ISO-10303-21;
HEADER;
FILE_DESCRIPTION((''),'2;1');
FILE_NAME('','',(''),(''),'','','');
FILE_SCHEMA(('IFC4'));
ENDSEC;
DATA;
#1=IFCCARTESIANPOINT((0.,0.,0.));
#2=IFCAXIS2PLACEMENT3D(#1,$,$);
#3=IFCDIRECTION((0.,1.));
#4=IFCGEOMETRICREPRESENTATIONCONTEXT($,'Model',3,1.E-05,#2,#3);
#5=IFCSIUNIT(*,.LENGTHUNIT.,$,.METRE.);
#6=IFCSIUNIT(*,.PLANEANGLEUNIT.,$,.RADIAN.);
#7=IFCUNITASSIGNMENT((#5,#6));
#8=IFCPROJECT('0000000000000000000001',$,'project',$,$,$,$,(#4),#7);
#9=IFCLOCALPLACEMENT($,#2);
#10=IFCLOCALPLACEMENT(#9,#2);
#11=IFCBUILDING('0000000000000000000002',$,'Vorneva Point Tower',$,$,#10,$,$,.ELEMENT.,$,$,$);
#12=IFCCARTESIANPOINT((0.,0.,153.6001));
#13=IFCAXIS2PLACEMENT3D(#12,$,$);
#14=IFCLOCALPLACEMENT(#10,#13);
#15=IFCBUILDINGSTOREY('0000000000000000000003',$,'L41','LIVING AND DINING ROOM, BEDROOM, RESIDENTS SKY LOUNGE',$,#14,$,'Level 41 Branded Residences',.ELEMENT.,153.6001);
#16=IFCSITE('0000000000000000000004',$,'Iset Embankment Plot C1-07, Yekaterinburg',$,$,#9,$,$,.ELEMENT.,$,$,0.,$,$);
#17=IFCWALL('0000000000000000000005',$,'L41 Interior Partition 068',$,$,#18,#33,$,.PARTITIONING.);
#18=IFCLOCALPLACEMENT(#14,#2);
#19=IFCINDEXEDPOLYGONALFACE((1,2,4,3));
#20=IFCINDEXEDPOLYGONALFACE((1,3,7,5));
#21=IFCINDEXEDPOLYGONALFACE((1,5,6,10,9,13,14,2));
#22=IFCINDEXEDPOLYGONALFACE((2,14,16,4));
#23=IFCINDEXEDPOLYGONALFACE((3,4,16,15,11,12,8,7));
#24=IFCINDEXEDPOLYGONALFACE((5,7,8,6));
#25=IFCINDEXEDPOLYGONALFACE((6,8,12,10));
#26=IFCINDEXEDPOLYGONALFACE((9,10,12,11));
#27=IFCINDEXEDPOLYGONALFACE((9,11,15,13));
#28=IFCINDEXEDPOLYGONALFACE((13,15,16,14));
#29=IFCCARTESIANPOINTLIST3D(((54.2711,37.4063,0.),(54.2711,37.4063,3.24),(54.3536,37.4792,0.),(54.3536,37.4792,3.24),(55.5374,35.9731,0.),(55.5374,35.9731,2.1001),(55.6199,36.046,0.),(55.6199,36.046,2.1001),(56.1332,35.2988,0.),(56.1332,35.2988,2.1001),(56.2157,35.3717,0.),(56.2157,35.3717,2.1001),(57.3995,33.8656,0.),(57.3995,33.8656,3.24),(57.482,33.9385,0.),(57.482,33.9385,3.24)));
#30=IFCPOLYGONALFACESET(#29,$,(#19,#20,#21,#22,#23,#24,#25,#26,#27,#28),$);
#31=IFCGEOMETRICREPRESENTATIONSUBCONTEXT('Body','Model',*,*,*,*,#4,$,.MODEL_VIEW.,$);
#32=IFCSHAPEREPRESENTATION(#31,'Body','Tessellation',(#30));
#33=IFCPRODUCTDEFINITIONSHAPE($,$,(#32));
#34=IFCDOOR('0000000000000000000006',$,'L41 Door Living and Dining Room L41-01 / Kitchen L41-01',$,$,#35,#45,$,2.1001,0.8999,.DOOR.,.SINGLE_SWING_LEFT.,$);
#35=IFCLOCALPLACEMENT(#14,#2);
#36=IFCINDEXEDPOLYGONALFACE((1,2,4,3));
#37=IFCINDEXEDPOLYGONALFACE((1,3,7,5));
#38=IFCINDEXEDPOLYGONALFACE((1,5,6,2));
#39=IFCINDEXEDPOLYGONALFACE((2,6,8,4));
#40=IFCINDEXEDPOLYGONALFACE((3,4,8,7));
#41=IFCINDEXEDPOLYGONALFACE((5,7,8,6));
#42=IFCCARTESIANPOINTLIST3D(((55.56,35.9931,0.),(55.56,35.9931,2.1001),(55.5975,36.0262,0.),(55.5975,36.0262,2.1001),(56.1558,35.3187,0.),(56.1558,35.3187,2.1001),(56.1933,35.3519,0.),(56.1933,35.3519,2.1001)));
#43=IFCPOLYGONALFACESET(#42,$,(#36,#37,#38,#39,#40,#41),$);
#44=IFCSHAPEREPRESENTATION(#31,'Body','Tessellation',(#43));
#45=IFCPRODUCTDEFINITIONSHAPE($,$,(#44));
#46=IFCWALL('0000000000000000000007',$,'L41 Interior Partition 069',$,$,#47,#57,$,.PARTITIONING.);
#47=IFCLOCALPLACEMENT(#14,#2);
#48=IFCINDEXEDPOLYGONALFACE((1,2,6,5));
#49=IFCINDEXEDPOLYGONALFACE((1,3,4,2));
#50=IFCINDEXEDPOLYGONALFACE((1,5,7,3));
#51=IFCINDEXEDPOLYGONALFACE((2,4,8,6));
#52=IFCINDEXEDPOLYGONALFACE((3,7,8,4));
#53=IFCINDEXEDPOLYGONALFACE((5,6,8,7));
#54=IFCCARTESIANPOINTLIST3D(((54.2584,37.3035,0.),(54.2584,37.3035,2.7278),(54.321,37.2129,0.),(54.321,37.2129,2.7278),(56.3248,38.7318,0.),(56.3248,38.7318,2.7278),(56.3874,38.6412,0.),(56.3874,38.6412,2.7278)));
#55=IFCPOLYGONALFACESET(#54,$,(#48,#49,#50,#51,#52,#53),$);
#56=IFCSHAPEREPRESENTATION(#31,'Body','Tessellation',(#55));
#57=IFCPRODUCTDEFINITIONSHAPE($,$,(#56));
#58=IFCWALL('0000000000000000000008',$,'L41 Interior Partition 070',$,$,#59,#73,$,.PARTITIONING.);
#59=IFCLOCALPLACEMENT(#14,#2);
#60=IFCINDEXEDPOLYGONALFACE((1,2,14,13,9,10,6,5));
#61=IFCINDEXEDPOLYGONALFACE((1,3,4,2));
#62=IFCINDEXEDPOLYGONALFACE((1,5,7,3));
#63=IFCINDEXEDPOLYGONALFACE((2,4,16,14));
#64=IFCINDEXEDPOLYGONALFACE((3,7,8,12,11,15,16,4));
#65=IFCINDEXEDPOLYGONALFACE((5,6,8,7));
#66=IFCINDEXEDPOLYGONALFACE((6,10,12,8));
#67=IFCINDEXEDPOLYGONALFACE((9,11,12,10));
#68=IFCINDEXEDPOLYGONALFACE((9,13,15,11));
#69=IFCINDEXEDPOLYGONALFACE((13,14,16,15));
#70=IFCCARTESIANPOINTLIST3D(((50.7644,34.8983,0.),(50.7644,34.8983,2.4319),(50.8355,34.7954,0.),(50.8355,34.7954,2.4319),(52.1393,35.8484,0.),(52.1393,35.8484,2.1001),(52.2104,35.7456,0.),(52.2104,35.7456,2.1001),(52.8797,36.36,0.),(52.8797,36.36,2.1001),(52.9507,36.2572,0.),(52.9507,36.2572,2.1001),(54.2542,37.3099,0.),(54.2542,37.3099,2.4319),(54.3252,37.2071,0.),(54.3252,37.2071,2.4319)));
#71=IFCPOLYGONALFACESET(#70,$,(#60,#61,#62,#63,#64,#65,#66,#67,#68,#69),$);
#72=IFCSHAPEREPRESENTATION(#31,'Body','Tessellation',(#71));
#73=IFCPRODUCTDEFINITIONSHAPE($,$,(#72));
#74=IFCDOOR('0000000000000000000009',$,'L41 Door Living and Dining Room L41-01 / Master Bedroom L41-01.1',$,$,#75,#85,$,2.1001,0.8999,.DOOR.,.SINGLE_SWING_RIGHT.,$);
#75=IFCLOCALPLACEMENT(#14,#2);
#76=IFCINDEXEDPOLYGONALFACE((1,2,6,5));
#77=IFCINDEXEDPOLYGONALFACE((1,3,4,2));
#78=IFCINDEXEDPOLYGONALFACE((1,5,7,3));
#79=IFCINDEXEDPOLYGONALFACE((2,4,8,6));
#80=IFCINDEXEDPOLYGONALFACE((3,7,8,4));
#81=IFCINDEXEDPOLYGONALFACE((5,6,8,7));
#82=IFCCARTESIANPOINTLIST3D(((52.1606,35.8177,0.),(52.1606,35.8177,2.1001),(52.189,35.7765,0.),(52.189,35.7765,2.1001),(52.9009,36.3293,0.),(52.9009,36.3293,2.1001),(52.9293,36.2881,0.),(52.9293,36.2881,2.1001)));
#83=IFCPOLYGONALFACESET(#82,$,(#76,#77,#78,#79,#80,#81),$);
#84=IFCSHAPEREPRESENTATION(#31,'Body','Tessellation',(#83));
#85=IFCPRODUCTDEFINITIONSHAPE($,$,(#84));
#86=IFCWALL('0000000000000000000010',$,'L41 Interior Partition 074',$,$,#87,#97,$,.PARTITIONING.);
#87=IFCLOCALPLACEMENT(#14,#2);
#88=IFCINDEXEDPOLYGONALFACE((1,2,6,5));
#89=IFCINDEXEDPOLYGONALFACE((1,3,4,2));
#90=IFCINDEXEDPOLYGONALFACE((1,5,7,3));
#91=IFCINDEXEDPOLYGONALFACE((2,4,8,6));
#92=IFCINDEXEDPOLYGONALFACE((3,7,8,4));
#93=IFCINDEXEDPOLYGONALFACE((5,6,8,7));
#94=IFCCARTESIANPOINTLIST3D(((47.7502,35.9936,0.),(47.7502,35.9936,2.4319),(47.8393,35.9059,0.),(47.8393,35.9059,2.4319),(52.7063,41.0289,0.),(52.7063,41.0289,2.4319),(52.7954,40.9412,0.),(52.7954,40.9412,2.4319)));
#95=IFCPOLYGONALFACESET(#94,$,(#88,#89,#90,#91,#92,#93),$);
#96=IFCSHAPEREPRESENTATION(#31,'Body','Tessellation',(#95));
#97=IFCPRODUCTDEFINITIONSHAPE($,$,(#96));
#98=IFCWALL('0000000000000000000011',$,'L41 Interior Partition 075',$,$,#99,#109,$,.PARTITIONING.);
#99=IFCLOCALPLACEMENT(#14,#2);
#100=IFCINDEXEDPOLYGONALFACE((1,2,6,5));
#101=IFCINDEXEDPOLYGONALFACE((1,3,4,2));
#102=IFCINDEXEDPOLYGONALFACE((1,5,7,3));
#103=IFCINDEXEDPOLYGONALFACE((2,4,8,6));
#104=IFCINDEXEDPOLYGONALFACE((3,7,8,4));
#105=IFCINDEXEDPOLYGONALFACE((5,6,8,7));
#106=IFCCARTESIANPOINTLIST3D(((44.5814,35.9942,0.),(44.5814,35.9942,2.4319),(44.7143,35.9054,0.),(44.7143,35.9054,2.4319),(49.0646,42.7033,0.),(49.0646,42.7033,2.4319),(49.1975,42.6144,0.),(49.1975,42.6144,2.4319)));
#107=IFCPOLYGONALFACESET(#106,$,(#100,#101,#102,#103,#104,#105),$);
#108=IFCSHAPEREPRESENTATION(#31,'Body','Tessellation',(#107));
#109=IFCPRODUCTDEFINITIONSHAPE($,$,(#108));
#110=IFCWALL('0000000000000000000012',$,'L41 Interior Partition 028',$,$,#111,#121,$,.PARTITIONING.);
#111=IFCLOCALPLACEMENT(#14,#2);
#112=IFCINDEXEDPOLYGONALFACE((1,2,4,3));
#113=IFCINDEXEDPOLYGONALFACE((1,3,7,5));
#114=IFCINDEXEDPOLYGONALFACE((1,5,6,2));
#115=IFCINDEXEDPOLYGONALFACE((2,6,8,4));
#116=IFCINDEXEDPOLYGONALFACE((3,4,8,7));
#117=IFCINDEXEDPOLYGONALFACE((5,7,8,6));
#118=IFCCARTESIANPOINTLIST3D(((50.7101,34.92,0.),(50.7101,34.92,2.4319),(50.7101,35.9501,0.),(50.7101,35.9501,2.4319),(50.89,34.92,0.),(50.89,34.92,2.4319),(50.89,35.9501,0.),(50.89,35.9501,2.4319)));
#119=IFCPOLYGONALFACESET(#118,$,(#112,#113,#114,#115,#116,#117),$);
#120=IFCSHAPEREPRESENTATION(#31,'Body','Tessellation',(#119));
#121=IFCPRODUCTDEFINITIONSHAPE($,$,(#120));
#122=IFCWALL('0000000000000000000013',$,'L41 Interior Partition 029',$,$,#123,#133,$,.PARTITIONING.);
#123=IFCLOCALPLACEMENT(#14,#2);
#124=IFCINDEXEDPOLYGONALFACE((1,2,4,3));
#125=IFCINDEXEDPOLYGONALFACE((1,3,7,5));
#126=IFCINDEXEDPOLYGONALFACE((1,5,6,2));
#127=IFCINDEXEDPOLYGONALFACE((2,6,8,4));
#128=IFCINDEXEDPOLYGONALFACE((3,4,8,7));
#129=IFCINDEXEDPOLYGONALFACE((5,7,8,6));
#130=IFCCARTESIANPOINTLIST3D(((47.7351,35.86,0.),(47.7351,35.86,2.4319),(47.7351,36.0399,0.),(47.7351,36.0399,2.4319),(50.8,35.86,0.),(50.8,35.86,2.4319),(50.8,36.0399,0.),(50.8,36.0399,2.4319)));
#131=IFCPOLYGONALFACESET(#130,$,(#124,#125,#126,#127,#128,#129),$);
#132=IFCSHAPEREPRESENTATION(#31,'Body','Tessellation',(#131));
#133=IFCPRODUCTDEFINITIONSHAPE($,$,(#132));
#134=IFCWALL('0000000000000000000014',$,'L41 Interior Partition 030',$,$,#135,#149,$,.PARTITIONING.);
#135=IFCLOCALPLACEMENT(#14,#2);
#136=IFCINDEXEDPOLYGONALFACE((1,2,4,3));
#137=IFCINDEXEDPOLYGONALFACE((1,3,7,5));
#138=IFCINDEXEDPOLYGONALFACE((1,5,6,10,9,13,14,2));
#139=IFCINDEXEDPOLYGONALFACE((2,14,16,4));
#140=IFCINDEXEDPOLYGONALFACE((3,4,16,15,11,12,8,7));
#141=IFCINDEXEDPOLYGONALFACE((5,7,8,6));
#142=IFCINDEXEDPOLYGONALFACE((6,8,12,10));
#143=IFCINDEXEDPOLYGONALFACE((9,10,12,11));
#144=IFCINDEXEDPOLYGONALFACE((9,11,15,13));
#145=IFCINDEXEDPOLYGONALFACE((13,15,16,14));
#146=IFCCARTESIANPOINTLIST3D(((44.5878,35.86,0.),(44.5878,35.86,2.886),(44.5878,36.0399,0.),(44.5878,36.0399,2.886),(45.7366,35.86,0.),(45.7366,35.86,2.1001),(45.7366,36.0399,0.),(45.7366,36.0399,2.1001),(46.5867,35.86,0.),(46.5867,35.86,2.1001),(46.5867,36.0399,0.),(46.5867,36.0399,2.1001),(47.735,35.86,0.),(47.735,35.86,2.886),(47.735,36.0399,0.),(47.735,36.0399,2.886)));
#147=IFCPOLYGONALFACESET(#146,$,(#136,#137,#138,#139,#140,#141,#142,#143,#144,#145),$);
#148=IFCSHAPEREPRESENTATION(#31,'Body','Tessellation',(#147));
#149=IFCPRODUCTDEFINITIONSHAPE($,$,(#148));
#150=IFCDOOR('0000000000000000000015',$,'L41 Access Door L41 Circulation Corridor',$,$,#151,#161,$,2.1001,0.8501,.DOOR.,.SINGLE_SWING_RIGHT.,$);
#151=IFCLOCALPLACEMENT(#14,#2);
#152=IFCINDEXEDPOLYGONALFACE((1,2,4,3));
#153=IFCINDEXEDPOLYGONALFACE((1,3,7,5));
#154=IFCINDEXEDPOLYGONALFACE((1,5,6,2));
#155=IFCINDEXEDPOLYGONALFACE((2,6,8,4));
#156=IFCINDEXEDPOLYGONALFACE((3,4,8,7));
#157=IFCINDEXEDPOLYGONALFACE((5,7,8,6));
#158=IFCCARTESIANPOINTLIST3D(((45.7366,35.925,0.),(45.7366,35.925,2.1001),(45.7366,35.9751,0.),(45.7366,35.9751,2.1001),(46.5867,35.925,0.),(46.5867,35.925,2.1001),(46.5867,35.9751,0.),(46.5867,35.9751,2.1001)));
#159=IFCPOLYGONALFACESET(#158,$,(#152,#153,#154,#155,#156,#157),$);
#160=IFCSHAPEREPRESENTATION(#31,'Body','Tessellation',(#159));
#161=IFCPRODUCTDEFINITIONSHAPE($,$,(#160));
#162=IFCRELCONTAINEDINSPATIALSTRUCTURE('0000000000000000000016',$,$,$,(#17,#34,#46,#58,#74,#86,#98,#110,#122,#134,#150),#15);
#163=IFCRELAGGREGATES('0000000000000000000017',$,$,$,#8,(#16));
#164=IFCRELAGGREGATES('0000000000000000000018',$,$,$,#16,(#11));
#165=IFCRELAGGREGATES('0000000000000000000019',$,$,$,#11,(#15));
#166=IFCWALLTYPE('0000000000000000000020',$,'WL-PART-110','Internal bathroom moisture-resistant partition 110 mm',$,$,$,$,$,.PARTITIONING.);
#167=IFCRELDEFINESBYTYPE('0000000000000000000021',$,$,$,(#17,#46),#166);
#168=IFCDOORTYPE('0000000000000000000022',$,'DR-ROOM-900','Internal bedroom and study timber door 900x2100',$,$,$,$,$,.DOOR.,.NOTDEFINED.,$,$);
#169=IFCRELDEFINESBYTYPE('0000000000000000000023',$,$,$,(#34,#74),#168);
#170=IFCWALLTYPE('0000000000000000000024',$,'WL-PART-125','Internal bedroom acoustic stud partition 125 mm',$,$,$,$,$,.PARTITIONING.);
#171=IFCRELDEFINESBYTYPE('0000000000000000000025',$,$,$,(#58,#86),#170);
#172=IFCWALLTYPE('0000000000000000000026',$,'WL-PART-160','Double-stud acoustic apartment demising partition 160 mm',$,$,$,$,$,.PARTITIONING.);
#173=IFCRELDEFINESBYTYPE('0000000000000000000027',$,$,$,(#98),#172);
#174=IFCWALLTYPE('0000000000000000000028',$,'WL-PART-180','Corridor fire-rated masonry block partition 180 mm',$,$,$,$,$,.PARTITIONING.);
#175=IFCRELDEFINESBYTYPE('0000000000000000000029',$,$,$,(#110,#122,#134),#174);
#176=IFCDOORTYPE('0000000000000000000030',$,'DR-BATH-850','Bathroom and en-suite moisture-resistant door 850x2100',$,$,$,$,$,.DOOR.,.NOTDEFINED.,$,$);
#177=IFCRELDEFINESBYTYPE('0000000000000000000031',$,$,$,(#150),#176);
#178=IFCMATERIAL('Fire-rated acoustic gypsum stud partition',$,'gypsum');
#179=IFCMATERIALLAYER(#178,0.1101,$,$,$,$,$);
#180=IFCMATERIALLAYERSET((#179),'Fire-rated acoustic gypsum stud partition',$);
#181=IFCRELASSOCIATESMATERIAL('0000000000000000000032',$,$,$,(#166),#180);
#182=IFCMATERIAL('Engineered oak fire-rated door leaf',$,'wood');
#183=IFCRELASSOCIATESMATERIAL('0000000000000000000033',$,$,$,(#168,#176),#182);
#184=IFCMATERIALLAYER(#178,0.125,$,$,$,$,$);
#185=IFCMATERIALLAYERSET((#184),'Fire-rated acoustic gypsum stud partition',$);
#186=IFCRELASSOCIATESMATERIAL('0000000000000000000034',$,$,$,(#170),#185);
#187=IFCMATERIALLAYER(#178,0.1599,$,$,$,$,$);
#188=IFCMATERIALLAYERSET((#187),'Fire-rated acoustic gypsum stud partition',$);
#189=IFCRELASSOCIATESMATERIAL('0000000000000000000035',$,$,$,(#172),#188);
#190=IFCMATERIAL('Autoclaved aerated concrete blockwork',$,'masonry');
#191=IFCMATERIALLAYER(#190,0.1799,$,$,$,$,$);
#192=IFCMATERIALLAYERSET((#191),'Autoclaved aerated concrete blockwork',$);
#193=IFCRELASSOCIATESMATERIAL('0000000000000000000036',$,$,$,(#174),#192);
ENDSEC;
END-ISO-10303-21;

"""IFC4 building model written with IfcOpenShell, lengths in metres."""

from ifc_helpers import new_model, si_unit, direction, frame, frame_2d, origin, place, context, subcontext, project, spatial, rectangle, extrude, material, layer, layer_set, type_object, element, fill, save


model = new_model("IFC4")

# Units and contexts
model_context = context("Model", 3, precision=1e-05, world=origin(), true_north=direction((0.0, 1.0)))
body_context = subcontext(model_context, "Body", "Model", "MODEL_VIEW")
ifc_project = project(units=[si_unit("LENGTHUNIT", "METRE"), si_unit("PLANEANGLEUNIT", "RADIAN")], contexts=[model_context])

# Site, building, storey
site_placement = place(None, origin())
site = spatial("IfcSite", under=ifc_project, at=site_placement, Name="Iset Embankment Plot C1-07, Yekaterinburg", CompositionType="ELEMENT", RefElevation=0.0)
building_placement = place(site_placement, origin())
building = spatial("IfcBuilding", under=site, at=building_placement, Name="Vorneva Point Tower", CompositionType="ELEMENT")
storey_placement = place(building_placement, frame((0.0, 0.0, 153.6001)))
storey = spatial("IfcBuildingStorey", under=building, at=storey_placement, Name="L41", Description="LIVING AND DINING ROOM, BEDROOM, RESIDENTS SKY LOUNGE", LongName="Level 41 Branded Residences", CompositionType="ELEMENT", Elevation=153.6001)

# Shared definitions
ifc_material_1 = material(Name="Fire-rated acoustic gypsum stud partition", Category="gypsum")
ifc_layer_1 = layer(ifc_material_1, 0.1101)
ifc_layer_set_1 = layer_set([ifc_layer_1], Name="Fire-rated acoustic gypsum stud partition")
wall_type_1 = type_object("IfcWallType", Name="WL-PART-110", Description="Internal bathroom moisture-resistant partition 110 mm", PredefinedType="PARTITIONING", material=ifc_layer_set_1)

# Wall, opening, door
wall_1_placement = place(storey_placement, frame((57.4407, 33.9021, 0.0), z_axis=(0.0, 0.0, 1.0), x_axis=(-0.662122, 0.749396, 0.0)))
wall_1 = element("IfcWall", 1, at=wall_1_placement, inside=storey, type_object=wall_type_1, Name="L41 Interior Partition 068", PredefinedType="PARTITIONING", context=body_context, shape_type="SweptSolid", body=[
    extrude(rectangle(XDim=4.7249, YDim=0.1101, at=frame_2d((2.3623, 0.0))), origin(), (0.0, 0.0, 1.0), 3.24),
])
opening_1_placement = place(wall_1_placement, frame((1.9124, 0.0, 0.0)))
opening_1 = element("IfcOpeningElement", 2, at=opening_1_placement, cuts=wall_1, PredefinedType="OPENING", context=body_context, shape_type="SweptSolid", body=[
    extrude(rectangle(XDim=0.8999, YDim=2.1001, at=frame_2d((0.45, 1.05))), frame((0.0, 0.0698, 0.0), z_axis=(0.0, -1.0, 0.0), x_axis=(1.0, 0.0, 0.0)), (0.0, 0.0, 1.0), 0.1399),
])
ifc_material_2 = material(Name="Engineered oak fire-rated door leaf", Category="wood")
door_type_1 = type_object("IfcDoorType", Name="DR-ROOM-900", Description="Internal bedroom and study timber door 900x2100", OperationType="NOTDEFINED", PredefinedType="DOOR", material=ifc_material_2)
door_1_placement = place(opening_1_placement, origin())
door_1 = element("IfcDoor", 3, at=door_1_placement, inside=storey, type_object=door_type_1, Name="L41 Door Living and Dining Room L41-01 / Kitchen L41-01", OperationType="SINGLE_SWING_LEFT", OverallHeight=2.1001, OverallWidth=0.8999, PredefinedType="DOOR", context=body_context, shape_type="SweptSolid", body=[
    extrude(rectangle(XDim=0.8999, YDim=2.1001, at=frame_2d((0.45, 1.05))), frame((0.0, 0.0249, 0.0), z_axis=(0.0, -1.0, 0.0), x_axis=(1.0, 0.0, 0.0)), (0.0, 0.0, 1.0), 0.05),
])
fill(opening_1, door_1)

# Wall
wall_2_placement = place(storey_placement, frame((54.2898, 37.2583, 0.0), z_axis=(0.0, 0.0, 1.0), x_axis=(0.822633, 0.568573, 0.0)))
element("IfcWall", 4, at=wall_2_placement, inside=storey, type_object=wall_type_1, Name="L41 Interior Partition 069", PredefinedType="PARTITIONING", context=body_context, shape_type="SweptSolid", body=[
    extrude(rectangle(XDim=2.512, YDim=0.1101, at=frame_2d((1.2559, 0.0))), origin(), (0.0, 0.0, 1.0), 2.7278),
])

# Wall, opening, door
ifc_layer_2 = layer(ifc_material_1, 0.125)
ifc_layer_set_2 = layer_set([ifc_layer_2], Name="Fire-rated acoustic gypsum stud partition")
wall_type_2 = type_object("IfcWallType", Name="WL-PART-125", Description="Internal bedroom acoustic stud partition 125 mm", PredefinedType="PARTITIONING", material=ifc_layer_set_2)
wall_3_placement = place(storey_placement, frame((54.2898, 37.2585, 0.0), z_axis=(0.0, 0.0, 1.0), x_axis=(-0.822673, -0.568515, 0.0)))
wall_3 = element("IfcWall", 5, at=wall_3_placement, inside=storey, type_object=wall_type_2, Name="L41 Interior Partition 070", PredefinedType="PARTITIONING", context=body_context, shape_type="SweptSolid", body=[
    extrude(rectangle(XDim=4.2419, YDim=0.125, at=frame_2d((2.1211, 0.0))), origin(), (0.0, 0.0, 1.0), 2.4319),
])
opening_2_placement = place(wall_3_placement, frame((1.6709, 0.0, 0.0)))
opening_2 = element("IfcOpeningElement", 6, at=opening_2_placement, cuts=wall_3, PredefinedType="OPENING", context=body_context, shape_type="SweptSolid", body=[
    extrude(rectangle(XDim=0.8999, YDim=2.1001, at=frame_2d((0.45, 1.05))), frame((0.0, 0.0774, 0.0), z_axis=(0.0, -1.0, 0.0), x_axis=(1.0, 0.0, 0.0)), (0.0, 0.0, 1.0), 0.1548),
])
door_2_placement = place(opening_2_placement, origin())
door_2 = element("IfcDoor", 7, at=door_2_placement, inside=storey, type_object=door_type_1, Name="L41 Door Living and Dining Room L41-01 / Master Bedroom L41-01.1", OperationType="SINGLE_SWING_RIGHT", OverallHeight=2.1001, OverallWidth=0.8999, PredefinedType="DOOR", context=body_context, shape_type="SweptSolid", body=[
    extrude(rectangle(XDim=0.8999, YDim=2.1001, at=frame_2d((0.45, 1.05))), frame((0.0, 0.0249, 0.0), z_axis=(0.0, -1.0, 0.0), x_axis=(1.0, 0.0, 0.0)), (0.0, 0.0, 1.0), 0.05),
])
fill(opening_2, door_2)

# Walls
wall_4_placement = place(storey_placement, frame((52.751, 40.9851, 0.0), z_axis=(0.0, 0.0, 1.0), x_axis=(-0.701487, -0.712683, 0.0)))
element("IfcWall", 8, at=wall_4_placement, inside=storey, type_object=wall_type_2, Name="L41 Interior Partition 074", PredefinedType="PARTITIONING", context=body_context, shape_type="SweptSolid", body=[
    extrude(rectangle(XDim=7.0652, YDim=0.125, at=frame_2d((3.5327, 0.0))), origin(), (0.0, 0.0, 1.0), 2.4319),
])
ifc_layer_3 = layer(ifc_material_1, 0.1599)
ifc_layer_set_3 = layer_set([ifc_layer_3], Name="Fire-rated acoustic gypsum stud partition")
wall_type_3 = type_object("IfcWallType", Name="WL-PART-160", Description="Double-stud acoustic apartment demising partition 160 mm", PredefinedType="PARTITIONING", material=ifc_layer_set_3)
wall_5_placement = place(storey_placement, frame((49.1311, 42.6589, 0.0), z_axis=(0.0, 0.0, 1.0), x_axis=(-0.555601, -0.831449, 0.0)))
element("IfcWall", 9, at=wall_5_placement, inside=storey, type_object=wall_type_3, Name="L41 Interior Partition 075", PredefinedType="PARTITIONING", context=body_context, shape_type="SweptSolid", body=[
    extrude(rectangle(XDim=8.0691, YDim=0.1599, at=frame_2d((4.0347, 0.0))), origin(), (0.0, 0.0, 1.0), 2.4319),
])
ifc_material_3 = material(Name="Autoclaved aerated concrete blockwork", Category="masonry")
ifc_layer_4 = layer(ifc_material_3, 0.1799)
ifc_layer_set_4 = layer_set([ifc_layer_4], Name="Autoclaved aerated concrete blockwork")
wall_type_4 = type_object("IfcWallType", Name="WL-PART-180", Description="Corridor fire-rated masonry block partition 180 mm", PredefinedType="PARTITIONING", material=ifc_layer_set_4)
wall_6_placement = place(storey_placement, frame((50.8, 34.9199, 0.0), z_axis=(0.0, 0.0, 1.0), x_axis=(0.0, 1.0, 0.0)))
element("IfcWall", 10, at=wall_6_placement, inside=storey, type_object=wall_type_4, Name="L41 Interior Partition 028", PredefinedType="PARTITIONING", context=body_context, shape_type="SweptSolid", body=[
    extrude(rectangle(XDim=1.03, YDim=0.1799, at=frame_2d((0.5151, 0.0))), origin(), (0.0, 0.0, 1.0), 2.4319),
])
wall_7_placement = place(storey_placement, frame((50.8, 35.95, 0.0), z_axis=(0.0, 0.0, 1.0), x_axis=(-1.0, 0.0, 0.0)))
element("IfcWall", 11, at=wall_7_placement, inside=storey, type_object=wall_type_4, Name="L41 Interior Partition 029", PredefinedType="PARTITIONING", context=body_context, shape_type="SweptSolid", body=[
    extrude(rectangle(XDim=3.0649, YDim=0.1799, at=frame_2d((1.5325, 0.0))), origin(), (0.0, 0.0, 1.0), 2.4319),
])

# Wall, opening, door
wall_8_placement = place(storey_placement, frame((47.7351, 35.95, 0.0), z_axis=(0.0, 0.0, 1.0), x_axis=(-1.0, 0.0, 0.0)))
wall_8 = element("IfcWall", 12, at=wall_8_placement, inside=storey, type_object=wall_type_4, Name="L41 Interior Partition 030", PredefinedType="PARTITIONING", context=body_context, shape_type="SweptSolid", body=[
    extrude(rectangle(XDim=3.1472, YDim=0.1799, at=frame_2d((1.5737, 0.0))), origin(), (0.0, 0.0, 1.0), 2.886),
])
opening_3_placement = place(wall_8_placement, frame((1.1484, 0.0, 0.0)))
opening_3 = element("IfcOpeningElement", 13, at=opening_3_placement, cuts=wall_8, PredefinedType="OPENING", context=body_context, shape_type="SweptSolid", body=[
    extrude(rectangle(XDim=0.8501, YDim=2.1001, at=frame_2d((0.425, 1.05))), frame((0.0, 0.105, 0.0), z_axis=(0.0, -1.0, 0.0), x_axis=(1.0, 0.0, 0.0)), (0.0, 0.0, 1.0), 0.2097),
])
door_type_2 = type_object("IfcDoorType", Name="DR-BATH-850", Description="Bathroom and en-suite moisture-resistant door 850x2100", OperationType="NOTDEFINED", PredefinedType="DOOR", material=ifc_material_2)
door_3_placement = place(opening_3_placement, origin())
door_3 = element("IfcDoor", 14, at=door_3_placement, inside=storey, type_object=door_type_2, Name="L41 Access Door L41 Circulation Corridor", OperationType="SINGLE_SWING_RIGHT", OverallHeight=2.1001, OverallWidth=0.8501, PredefinedType="DOOR", context=body_context, shape_type="SweptSolid", body=[
    extrude(rectangle(XDim=0.8501, YDim=2.1001, at=frame_2d((0.425, 1.05))), frame((0.0, 0.0249, 0.0), z_axis=(0.0, -1.0, 0.0), x_axis=(1.0, 0.0, 0.0)), (0.0, 0.0, 1.0), 0.05),
])
fill(opening_3, door_3)

save(model, "model.ifc")
